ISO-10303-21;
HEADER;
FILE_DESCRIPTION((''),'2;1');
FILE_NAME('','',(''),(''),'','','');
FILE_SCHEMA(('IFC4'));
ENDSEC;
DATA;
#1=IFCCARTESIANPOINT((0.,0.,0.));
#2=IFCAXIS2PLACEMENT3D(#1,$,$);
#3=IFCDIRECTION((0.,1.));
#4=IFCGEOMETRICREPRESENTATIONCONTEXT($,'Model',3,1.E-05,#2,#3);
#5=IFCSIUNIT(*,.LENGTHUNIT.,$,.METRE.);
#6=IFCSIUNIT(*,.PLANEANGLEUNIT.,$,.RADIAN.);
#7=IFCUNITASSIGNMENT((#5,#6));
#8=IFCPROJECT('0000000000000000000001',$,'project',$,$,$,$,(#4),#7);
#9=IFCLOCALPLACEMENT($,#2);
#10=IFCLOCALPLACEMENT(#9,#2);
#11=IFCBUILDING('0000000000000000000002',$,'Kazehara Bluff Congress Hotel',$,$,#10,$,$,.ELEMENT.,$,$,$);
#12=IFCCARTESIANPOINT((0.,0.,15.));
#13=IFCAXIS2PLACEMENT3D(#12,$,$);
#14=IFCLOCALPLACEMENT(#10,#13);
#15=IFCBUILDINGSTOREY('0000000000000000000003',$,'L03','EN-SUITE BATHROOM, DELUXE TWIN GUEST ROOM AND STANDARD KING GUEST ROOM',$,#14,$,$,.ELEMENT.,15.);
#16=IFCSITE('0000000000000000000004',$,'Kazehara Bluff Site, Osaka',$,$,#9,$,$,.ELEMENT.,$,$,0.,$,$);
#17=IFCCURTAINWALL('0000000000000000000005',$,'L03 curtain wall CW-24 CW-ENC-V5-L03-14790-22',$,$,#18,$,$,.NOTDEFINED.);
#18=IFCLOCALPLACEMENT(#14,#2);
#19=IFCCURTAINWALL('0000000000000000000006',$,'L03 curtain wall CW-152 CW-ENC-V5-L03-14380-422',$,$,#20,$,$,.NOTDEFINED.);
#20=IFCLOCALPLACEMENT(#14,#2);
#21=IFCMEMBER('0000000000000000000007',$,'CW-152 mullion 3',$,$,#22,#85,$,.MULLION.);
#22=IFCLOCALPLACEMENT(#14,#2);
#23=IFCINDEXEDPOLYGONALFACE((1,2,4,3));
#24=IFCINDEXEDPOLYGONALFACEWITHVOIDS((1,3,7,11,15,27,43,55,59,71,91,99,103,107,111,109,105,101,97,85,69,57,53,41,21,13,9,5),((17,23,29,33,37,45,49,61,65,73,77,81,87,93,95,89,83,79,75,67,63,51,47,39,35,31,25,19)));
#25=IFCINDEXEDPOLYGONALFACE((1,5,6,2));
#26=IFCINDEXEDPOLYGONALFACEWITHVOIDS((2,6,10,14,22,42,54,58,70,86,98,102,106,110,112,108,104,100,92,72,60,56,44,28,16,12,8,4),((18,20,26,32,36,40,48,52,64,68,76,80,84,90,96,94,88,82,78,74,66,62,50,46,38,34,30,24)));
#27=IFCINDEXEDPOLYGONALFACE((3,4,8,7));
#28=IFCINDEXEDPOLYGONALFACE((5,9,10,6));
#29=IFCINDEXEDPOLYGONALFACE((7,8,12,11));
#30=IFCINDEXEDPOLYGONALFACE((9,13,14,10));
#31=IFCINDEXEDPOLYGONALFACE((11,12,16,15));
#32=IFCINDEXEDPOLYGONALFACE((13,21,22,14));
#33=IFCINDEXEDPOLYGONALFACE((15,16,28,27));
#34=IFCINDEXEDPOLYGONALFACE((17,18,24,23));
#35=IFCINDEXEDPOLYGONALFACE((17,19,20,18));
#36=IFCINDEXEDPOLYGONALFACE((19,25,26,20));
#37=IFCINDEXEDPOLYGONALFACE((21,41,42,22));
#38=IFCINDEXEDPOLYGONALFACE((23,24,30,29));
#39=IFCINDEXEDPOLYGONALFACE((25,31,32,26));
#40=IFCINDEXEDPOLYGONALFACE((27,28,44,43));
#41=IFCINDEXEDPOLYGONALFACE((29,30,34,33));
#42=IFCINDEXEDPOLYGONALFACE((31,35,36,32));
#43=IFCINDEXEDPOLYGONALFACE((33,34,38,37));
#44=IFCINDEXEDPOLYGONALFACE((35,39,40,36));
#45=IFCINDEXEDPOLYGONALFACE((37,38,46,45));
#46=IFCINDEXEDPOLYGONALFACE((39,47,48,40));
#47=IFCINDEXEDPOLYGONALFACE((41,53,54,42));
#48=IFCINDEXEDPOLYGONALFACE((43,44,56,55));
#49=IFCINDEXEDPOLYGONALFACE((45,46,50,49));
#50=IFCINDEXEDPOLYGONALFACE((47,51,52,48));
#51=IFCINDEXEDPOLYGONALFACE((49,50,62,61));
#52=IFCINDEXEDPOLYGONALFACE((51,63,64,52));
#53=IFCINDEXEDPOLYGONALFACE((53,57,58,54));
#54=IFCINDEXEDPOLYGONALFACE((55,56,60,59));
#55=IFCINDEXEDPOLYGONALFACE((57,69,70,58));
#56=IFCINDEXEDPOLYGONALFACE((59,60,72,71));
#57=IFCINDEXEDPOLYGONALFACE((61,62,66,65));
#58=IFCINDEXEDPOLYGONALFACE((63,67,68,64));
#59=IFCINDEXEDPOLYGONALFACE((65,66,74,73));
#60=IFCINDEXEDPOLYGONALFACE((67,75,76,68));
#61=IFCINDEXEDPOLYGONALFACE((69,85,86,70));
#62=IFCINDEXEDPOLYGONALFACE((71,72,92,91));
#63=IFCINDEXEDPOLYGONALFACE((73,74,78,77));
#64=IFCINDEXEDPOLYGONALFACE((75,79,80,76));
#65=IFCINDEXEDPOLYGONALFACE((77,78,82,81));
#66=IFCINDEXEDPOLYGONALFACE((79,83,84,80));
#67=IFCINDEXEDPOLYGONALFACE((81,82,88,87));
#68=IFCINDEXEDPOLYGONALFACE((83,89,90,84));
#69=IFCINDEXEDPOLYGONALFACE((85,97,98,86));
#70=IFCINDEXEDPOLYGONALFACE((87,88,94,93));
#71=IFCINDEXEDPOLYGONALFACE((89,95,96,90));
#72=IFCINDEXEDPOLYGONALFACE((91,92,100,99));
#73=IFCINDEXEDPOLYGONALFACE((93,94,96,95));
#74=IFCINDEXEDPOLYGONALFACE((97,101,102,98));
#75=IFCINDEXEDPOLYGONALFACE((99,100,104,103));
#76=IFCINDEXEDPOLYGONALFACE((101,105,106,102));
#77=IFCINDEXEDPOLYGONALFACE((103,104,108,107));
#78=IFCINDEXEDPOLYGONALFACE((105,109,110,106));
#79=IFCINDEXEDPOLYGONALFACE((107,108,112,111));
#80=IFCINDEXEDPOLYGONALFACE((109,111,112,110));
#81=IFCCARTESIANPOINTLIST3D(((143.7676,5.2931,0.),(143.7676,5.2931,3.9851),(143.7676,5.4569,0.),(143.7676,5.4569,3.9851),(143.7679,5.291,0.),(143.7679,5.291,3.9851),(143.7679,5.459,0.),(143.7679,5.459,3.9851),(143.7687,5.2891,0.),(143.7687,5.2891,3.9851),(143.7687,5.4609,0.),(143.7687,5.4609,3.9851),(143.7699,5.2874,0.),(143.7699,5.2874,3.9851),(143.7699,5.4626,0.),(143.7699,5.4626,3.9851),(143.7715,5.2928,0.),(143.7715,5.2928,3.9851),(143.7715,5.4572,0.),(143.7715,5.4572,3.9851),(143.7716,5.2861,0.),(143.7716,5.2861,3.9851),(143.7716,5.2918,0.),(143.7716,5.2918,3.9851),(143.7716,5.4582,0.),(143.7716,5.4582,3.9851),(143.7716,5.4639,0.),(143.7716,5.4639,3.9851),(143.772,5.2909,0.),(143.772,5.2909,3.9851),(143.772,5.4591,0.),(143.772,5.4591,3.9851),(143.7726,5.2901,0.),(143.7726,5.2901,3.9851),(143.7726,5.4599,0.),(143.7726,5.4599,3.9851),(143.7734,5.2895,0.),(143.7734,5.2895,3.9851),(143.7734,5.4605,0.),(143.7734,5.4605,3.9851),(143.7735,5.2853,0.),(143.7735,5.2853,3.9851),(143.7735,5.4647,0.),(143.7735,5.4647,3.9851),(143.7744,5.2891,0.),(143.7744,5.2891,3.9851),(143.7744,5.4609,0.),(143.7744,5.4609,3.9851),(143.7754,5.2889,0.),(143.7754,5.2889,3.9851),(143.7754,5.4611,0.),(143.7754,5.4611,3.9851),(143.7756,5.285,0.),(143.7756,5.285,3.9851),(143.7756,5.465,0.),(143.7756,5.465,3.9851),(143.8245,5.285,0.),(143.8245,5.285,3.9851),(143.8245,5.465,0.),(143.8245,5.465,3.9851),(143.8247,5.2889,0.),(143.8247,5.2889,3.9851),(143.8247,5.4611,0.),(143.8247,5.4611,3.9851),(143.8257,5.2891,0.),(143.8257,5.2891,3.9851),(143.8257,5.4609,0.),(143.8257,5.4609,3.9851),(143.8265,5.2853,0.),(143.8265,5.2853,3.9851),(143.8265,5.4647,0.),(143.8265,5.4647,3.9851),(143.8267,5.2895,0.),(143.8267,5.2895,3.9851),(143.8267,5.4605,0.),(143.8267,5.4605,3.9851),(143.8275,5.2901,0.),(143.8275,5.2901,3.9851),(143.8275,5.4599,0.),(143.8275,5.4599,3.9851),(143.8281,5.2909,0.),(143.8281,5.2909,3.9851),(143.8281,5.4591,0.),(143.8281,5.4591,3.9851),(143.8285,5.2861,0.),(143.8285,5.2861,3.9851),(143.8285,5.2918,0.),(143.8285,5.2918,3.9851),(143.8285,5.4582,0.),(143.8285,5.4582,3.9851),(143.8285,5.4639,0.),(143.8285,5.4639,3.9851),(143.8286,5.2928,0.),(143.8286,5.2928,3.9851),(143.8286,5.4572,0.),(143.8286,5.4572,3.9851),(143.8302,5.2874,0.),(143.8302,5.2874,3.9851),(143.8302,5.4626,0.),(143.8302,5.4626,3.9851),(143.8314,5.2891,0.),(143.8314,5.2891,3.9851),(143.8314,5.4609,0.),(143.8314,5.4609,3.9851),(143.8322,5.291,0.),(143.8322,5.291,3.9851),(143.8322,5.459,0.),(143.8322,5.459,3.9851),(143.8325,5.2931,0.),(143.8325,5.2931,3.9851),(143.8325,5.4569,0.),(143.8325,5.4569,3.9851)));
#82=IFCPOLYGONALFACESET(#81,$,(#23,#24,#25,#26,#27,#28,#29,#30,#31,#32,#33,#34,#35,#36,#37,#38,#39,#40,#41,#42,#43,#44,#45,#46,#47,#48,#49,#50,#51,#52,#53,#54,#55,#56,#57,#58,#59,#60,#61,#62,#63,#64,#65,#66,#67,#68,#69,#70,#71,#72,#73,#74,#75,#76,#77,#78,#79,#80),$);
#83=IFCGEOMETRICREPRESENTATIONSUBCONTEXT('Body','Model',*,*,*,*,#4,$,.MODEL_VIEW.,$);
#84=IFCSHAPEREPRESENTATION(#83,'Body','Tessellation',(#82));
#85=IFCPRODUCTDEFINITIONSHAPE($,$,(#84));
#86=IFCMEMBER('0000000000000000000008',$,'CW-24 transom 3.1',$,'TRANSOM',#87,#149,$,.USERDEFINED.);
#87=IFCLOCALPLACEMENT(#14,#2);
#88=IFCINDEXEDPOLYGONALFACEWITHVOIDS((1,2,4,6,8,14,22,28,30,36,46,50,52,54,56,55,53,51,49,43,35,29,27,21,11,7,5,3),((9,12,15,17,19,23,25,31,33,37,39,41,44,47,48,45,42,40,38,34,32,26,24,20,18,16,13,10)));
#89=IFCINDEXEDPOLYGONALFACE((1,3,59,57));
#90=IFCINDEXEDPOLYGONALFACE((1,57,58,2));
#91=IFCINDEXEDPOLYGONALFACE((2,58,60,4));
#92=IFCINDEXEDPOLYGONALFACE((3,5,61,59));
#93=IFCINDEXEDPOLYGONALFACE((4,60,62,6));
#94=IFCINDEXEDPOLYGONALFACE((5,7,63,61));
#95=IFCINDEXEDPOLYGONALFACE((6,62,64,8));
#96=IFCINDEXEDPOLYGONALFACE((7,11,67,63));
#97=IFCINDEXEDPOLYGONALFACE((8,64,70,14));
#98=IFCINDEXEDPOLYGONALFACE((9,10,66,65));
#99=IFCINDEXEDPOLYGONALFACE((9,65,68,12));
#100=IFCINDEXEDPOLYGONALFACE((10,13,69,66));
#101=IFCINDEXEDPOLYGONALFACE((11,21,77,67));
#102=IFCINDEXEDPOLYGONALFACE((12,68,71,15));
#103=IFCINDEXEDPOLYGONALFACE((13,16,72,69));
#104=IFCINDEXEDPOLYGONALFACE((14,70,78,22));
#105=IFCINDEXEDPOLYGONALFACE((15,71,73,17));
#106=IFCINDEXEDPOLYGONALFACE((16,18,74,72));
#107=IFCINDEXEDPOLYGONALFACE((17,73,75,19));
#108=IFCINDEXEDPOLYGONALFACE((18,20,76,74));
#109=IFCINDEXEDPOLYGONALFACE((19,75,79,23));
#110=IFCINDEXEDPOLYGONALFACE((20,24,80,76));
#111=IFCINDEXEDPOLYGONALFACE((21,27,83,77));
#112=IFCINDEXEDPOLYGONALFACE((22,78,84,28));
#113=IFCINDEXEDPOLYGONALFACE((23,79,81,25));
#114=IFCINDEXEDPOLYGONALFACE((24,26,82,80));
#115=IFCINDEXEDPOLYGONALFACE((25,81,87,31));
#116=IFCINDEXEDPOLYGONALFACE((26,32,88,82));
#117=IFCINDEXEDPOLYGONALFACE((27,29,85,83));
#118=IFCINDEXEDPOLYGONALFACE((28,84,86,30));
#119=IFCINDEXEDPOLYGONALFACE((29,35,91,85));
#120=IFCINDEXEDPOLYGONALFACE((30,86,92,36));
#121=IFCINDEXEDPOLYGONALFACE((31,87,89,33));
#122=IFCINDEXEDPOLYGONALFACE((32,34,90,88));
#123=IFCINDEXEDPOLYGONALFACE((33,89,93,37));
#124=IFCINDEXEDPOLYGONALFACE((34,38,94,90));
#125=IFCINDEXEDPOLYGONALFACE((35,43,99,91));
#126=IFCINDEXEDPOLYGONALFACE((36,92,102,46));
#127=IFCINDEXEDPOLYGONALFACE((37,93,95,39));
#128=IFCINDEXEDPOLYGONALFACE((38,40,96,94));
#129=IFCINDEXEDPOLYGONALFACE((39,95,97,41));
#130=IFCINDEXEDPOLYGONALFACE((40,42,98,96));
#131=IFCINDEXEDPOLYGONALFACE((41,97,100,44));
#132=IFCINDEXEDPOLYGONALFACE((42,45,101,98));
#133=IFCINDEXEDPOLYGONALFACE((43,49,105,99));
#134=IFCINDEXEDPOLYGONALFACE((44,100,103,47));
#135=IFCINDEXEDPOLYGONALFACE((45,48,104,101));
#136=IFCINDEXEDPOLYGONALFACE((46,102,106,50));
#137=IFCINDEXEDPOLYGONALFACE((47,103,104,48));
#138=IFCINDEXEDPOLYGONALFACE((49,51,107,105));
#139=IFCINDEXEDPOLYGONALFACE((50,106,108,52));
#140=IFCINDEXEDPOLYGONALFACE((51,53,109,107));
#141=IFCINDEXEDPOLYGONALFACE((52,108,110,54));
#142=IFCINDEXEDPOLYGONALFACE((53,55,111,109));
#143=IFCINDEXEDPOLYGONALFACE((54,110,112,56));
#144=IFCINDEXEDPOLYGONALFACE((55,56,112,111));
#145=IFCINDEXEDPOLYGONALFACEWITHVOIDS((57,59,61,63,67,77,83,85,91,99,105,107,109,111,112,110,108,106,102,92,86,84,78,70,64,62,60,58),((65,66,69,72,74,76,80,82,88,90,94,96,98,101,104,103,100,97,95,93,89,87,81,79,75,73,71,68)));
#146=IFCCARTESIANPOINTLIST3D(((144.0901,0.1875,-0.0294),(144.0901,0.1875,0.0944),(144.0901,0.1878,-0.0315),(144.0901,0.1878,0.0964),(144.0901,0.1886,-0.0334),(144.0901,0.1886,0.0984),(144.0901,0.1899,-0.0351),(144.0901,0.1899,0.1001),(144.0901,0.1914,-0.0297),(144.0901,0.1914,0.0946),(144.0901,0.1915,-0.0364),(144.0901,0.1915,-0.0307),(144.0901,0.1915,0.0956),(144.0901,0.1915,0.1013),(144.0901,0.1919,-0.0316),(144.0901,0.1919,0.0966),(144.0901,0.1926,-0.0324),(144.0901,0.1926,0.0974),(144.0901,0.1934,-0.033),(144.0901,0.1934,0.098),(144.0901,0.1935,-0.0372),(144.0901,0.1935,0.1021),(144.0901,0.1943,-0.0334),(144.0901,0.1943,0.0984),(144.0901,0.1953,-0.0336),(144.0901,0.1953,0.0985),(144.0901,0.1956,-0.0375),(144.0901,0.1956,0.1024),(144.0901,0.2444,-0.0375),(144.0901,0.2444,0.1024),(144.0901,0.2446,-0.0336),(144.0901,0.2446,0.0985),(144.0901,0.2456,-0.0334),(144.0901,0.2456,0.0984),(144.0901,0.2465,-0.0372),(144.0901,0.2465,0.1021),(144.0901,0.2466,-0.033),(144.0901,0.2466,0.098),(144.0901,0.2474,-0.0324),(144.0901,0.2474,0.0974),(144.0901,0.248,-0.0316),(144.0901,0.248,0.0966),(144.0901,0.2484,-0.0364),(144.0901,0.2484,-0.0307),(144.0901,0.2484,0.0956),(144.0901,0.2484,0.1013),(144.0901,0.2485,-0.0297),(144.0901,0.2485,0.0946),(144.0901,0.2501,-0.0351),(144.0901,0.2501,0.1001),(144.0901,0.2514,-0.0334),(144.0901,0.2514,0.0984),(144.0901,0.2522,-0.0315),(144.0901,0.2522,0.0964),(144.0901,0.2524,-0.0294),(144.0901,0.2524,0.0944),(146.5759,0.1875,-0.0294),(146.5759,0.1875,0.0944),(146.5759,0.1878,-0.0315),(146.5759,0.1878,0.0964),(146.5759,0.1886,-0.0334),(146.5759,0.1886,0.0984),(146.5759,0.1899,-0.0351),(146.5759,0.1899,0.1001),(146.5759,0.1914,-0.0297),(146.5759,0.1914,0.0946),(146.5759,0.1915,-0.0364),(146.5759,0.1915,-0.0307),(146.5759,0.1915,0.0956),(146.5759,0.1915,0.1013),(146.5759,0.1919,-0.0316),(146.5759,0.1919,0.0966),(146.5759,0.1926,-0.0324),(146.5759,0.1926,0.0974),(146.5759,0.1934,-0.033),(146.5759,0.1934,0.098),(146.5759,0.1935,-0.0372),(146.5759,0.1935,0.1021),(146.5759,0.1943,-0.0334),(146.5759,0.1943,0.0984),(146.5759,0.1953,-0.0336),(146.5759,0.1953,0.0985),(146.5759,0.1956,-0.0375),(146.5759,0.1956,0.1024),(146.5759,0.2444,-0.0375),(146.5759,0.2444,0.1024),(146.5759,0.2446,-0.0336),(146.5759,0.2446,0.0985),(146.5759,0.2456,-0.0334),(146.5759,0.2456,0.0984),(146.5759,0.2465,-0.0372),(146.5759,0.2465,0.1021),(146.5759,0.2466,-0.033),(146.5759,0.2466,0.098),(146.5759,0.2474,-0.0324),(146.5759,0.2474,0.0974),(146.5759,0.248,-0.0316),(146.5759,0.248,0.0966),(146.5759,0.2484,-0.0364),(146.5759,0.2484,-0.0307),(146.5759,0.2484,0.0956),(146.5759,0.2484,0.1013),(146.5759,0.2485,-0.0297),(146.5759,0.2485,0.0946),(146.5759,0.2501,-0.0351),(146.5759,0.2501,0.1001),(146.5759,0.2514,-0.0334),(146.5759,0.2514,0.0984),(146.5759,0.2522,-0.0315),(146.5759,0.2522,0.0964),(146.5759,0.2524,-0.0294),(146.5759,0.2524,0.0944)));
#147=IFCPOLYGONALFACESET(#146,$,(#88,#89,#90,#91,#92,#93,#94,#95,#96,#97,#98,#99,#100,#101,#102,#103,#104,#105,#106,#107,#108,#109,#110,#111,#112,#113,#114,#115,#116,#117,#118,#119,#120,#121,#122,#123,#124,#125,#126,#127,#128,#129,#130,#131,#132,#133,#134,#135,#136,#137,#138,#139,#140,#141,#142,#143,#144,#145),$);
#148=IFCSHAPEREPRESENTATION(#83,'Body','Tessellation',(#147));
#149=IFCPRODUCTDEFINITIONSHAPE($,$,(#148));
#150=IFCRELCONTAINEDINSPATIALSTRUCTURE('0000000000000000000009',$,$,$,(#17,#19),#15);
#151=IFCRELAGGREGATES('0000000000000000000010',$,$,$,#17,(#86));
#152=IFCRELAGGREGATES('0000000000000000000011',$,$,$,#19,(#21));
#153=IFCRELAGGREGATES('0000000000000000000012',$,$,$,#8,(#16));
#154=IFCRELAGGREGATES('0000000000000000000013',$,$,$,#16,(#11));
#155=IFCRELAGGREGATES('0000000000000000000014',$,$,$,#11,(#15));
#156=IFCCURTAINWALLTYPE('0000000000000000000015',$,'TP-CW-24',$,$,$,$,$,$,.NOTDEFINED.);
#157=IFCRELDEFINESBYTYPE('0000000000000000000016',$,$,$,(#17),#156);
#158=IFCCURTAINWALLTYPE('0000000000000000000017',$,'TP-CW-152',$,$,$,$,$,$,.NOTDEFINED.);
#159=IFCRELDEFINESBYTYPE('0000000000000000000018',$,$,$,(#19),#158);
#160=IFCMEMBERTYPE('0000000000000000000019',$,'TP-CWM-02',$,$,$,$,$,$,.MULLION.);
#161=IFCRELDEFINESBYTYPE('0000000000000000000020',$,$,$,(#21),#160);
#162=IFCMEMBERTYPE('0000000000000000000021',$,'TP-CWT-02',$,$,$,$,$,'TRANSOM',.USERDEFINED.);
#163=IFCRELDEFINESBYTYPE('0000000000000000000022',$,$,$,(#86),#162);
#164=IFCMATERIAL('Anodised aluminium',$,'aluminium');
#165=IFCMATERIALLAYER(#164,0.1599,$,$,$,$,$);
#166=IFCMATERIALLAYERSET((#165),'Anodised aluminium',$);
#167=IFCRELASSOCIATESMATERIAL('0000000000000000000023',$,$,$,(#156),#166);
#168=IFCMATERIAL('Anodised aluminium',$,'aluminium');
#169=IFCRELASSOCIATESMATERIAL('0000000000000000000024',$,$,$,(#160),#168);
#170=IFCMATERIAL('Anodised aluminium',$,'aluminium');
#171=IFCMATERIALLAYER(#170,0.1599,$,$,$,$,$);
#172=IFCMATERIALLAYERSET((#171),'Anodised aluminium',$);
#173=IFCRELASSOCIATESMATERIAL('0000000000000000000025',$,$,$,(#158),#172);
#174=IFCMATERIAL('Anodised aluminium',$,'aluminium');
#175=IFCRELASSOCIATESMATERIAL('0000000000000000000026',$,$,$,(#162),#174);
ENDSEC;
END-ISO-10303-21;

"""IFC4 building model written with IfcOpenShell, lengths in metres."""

from ifc_helpers import new_model, si_unit, direction, frame, origin, origin_2d, place, context, subcontext, project, spatial, hollow_rectangle, extrude, material, layer, layer_set, material_profile, profile_set, type_object, element, aggregate, save


model = new_model("IFC4")

# Units and contexts
model_context = context("Model", 3, precision=1e-05, world=origin(), true_north=direction((0.0, 1.0)))
body_context = subcontext(model_context, "Body", "Model", "MODEL_VIEW")
ifc_project = project(units=[si_unit("LENGTHUNIT", "METRE"), si_unit("PLANEANGLEUNIT", "RADIAN")], contexts=[model_context])

# Site, building, storey
site_placement = place(None, origin())
site = spatial("IfcSite", under=ifc_project, at=site_placement, Name="Kazehara Bluff Site, Osaka", CompositionType="ELEMENT", RefElevation=0.0)
building_placement = place(site_placement, origin())
building = spatial("IfcBuilding", under=site, at=building_placement, Name="Kazehara Bluff Congress Hotel", CompositionType="ELEMENT")
storey_placement = place(building_placement, frame((0.0, 0.0, 15.0)))
storey = spatial("IfcBuildingStorey", under=building, at=storey_placement, Name="L03", Description="EN-SUITE BATHROOM, DELUXE TWIN GUEST ROOM AND STANDARD KING GUEST ROOM", CompositionType="ELEMENT", Elevation=15.0)

# Curtain wall
ifc_material_1 = material(Name="Anodised aluminium", Category="aluminium")
ifc_layer_1 = layer(ifc_material_1, 0.1599)
ifc_layer_set_1 = layer_set([ifc_layer_1], Name="Anodised aluminium")
curtain_wall_type_1 = type_object("IfcCurtainWallType", Name="TP-CW-24", PredefinedType="NOTDEFINED", material=ifc_layer_set_1)
curtain_wall_1_placement = place(storey_placement, origin())
curtain_wall_1 = element("IfcCurtainWall", 1, at=curtain_wall_1_placement, inside=storey, type_object=curtain_wall_type_1, Name="L03 curtain wall CW-24 CW-ENC-V5-L03-14790-22", PredefinedType="NOTDEFINED")
ifc_material_2 = material(Name="Anodised aluminium", Category="aluminium")
ifc_material_profile_1 = material_profile(ifc_material_2, hollow_rectangle(XDim=0.0649, YDim=0.1799, WallThickness=0.0039, InnerFilletRadius=0.0039, OuterFilletRadius=0.0081, at=origin_2d()))
ifc_profile_set_1 = profile_set([ifc_material_profile_1], Name="Anodised aluminium")
member_type_1 = type_object("IfcMemberType", Name="TP-CWM-02", PredefinedType="MULLION", material=ifc_profile_set_1)

# Curtain wall, member
ifc_material_3 = material(Name="Anodised aluminium", Category="aluminium")
ifc_layer_2 = layer(ifc_material_3, 0.1599)
ifc_layer_set_2 = layer_set([ifc_layer_2], Name="Anodised aluminium")
curtain_wall_type_2 = type_object("IfcCurtainWallType", Name="TP-CW-152", PredefinedType="NOTDEFINED", material=ifc_layer_set_2)
curtain_wall_2_placement = place(storey_placement, origin())
curtain_wall_2 = element("IfcCurtainWall", 2, at=curtain_wall_2_placement, inside=storey, type_object=curtain_wall_type_2, Name="L03 curtain wall CW-152 CW-ENC-V5-L03-14380-422", PredefinedType="NOTDEFINED")
member_1_placement = place(storey_placement, frame((143.8, 5.375, 0.0), z_axis=(0.0, 0.0, 1.0), x_axis=(-1.0, 0.0, 0.0)))
member_1 = element("IfcMember", 3, at=member_1_placement, type_object=member_type_1, Name="CW-152 mullion 3", PredefinedType="MULLION", context=body_context, shape_type="SweptSolid", body=[
    extrude(hollow_rectangle(XDim=0.0649, YDim=0.1799, WallThickness=0.0039, InnerFilletRadius=0.0039, OuterFilletRadius=0.0081, at=origin_2d()), origin(), (0.0, 0.0, 1.0), 3.9851),
])

# Member
ifc_material_4 = material(Name="Anodised aluminium", Category="aluminium")
ifc_material_profile_2 = material_profile(ifc_material_4, hollow_rectangle(XDim=0.0649, YDim=0.1399, WallThickness=0.0039, InnerFilletRadius=0.0039, OuterFilletRadius=0.0081, at=origin_2d()))
ifc_profile_set_2 = profile_set([ifc_material_profile_2], Name="Anodised aluminium")
member_type_2 = type_object("IfcMemberType", Name="TP-CWT-02", ElementType="TRANSOM", PredefinedType="USERDEFINED", material=ifc_profile_set_2)
member_2_placement = place(storey_placement, frame((146.5759, 0.22, 0.0325), z_axis=(-1.0, 0.0, 0.0), x_axis=(0.0, -1.0, 0.0)))
member_2 = element("IfcMember", 4, at=member_2_placement, type_object=member_type_2, Name="CW-24 transom 3.1", ObjectType="TRANSOM", PredefinedType="USERDEFINED", context=body_context, shape_type="SweptSolid", body=[
    extrude(hollow_rectangle(XDim=0.0649, YDim=0.1399, WallThickness=0.0039, InnerFilletRadius=0.0039, OuterFilletRadius=0.0081, at=origin_2d()), origin(), (0.0, 0.0, 1.0), 2.4858),
])

aggregate(curtain_wall_1, [member_2])
aggregate(curtain_wall_2, [member_1])

save(model, "model.ifc")
